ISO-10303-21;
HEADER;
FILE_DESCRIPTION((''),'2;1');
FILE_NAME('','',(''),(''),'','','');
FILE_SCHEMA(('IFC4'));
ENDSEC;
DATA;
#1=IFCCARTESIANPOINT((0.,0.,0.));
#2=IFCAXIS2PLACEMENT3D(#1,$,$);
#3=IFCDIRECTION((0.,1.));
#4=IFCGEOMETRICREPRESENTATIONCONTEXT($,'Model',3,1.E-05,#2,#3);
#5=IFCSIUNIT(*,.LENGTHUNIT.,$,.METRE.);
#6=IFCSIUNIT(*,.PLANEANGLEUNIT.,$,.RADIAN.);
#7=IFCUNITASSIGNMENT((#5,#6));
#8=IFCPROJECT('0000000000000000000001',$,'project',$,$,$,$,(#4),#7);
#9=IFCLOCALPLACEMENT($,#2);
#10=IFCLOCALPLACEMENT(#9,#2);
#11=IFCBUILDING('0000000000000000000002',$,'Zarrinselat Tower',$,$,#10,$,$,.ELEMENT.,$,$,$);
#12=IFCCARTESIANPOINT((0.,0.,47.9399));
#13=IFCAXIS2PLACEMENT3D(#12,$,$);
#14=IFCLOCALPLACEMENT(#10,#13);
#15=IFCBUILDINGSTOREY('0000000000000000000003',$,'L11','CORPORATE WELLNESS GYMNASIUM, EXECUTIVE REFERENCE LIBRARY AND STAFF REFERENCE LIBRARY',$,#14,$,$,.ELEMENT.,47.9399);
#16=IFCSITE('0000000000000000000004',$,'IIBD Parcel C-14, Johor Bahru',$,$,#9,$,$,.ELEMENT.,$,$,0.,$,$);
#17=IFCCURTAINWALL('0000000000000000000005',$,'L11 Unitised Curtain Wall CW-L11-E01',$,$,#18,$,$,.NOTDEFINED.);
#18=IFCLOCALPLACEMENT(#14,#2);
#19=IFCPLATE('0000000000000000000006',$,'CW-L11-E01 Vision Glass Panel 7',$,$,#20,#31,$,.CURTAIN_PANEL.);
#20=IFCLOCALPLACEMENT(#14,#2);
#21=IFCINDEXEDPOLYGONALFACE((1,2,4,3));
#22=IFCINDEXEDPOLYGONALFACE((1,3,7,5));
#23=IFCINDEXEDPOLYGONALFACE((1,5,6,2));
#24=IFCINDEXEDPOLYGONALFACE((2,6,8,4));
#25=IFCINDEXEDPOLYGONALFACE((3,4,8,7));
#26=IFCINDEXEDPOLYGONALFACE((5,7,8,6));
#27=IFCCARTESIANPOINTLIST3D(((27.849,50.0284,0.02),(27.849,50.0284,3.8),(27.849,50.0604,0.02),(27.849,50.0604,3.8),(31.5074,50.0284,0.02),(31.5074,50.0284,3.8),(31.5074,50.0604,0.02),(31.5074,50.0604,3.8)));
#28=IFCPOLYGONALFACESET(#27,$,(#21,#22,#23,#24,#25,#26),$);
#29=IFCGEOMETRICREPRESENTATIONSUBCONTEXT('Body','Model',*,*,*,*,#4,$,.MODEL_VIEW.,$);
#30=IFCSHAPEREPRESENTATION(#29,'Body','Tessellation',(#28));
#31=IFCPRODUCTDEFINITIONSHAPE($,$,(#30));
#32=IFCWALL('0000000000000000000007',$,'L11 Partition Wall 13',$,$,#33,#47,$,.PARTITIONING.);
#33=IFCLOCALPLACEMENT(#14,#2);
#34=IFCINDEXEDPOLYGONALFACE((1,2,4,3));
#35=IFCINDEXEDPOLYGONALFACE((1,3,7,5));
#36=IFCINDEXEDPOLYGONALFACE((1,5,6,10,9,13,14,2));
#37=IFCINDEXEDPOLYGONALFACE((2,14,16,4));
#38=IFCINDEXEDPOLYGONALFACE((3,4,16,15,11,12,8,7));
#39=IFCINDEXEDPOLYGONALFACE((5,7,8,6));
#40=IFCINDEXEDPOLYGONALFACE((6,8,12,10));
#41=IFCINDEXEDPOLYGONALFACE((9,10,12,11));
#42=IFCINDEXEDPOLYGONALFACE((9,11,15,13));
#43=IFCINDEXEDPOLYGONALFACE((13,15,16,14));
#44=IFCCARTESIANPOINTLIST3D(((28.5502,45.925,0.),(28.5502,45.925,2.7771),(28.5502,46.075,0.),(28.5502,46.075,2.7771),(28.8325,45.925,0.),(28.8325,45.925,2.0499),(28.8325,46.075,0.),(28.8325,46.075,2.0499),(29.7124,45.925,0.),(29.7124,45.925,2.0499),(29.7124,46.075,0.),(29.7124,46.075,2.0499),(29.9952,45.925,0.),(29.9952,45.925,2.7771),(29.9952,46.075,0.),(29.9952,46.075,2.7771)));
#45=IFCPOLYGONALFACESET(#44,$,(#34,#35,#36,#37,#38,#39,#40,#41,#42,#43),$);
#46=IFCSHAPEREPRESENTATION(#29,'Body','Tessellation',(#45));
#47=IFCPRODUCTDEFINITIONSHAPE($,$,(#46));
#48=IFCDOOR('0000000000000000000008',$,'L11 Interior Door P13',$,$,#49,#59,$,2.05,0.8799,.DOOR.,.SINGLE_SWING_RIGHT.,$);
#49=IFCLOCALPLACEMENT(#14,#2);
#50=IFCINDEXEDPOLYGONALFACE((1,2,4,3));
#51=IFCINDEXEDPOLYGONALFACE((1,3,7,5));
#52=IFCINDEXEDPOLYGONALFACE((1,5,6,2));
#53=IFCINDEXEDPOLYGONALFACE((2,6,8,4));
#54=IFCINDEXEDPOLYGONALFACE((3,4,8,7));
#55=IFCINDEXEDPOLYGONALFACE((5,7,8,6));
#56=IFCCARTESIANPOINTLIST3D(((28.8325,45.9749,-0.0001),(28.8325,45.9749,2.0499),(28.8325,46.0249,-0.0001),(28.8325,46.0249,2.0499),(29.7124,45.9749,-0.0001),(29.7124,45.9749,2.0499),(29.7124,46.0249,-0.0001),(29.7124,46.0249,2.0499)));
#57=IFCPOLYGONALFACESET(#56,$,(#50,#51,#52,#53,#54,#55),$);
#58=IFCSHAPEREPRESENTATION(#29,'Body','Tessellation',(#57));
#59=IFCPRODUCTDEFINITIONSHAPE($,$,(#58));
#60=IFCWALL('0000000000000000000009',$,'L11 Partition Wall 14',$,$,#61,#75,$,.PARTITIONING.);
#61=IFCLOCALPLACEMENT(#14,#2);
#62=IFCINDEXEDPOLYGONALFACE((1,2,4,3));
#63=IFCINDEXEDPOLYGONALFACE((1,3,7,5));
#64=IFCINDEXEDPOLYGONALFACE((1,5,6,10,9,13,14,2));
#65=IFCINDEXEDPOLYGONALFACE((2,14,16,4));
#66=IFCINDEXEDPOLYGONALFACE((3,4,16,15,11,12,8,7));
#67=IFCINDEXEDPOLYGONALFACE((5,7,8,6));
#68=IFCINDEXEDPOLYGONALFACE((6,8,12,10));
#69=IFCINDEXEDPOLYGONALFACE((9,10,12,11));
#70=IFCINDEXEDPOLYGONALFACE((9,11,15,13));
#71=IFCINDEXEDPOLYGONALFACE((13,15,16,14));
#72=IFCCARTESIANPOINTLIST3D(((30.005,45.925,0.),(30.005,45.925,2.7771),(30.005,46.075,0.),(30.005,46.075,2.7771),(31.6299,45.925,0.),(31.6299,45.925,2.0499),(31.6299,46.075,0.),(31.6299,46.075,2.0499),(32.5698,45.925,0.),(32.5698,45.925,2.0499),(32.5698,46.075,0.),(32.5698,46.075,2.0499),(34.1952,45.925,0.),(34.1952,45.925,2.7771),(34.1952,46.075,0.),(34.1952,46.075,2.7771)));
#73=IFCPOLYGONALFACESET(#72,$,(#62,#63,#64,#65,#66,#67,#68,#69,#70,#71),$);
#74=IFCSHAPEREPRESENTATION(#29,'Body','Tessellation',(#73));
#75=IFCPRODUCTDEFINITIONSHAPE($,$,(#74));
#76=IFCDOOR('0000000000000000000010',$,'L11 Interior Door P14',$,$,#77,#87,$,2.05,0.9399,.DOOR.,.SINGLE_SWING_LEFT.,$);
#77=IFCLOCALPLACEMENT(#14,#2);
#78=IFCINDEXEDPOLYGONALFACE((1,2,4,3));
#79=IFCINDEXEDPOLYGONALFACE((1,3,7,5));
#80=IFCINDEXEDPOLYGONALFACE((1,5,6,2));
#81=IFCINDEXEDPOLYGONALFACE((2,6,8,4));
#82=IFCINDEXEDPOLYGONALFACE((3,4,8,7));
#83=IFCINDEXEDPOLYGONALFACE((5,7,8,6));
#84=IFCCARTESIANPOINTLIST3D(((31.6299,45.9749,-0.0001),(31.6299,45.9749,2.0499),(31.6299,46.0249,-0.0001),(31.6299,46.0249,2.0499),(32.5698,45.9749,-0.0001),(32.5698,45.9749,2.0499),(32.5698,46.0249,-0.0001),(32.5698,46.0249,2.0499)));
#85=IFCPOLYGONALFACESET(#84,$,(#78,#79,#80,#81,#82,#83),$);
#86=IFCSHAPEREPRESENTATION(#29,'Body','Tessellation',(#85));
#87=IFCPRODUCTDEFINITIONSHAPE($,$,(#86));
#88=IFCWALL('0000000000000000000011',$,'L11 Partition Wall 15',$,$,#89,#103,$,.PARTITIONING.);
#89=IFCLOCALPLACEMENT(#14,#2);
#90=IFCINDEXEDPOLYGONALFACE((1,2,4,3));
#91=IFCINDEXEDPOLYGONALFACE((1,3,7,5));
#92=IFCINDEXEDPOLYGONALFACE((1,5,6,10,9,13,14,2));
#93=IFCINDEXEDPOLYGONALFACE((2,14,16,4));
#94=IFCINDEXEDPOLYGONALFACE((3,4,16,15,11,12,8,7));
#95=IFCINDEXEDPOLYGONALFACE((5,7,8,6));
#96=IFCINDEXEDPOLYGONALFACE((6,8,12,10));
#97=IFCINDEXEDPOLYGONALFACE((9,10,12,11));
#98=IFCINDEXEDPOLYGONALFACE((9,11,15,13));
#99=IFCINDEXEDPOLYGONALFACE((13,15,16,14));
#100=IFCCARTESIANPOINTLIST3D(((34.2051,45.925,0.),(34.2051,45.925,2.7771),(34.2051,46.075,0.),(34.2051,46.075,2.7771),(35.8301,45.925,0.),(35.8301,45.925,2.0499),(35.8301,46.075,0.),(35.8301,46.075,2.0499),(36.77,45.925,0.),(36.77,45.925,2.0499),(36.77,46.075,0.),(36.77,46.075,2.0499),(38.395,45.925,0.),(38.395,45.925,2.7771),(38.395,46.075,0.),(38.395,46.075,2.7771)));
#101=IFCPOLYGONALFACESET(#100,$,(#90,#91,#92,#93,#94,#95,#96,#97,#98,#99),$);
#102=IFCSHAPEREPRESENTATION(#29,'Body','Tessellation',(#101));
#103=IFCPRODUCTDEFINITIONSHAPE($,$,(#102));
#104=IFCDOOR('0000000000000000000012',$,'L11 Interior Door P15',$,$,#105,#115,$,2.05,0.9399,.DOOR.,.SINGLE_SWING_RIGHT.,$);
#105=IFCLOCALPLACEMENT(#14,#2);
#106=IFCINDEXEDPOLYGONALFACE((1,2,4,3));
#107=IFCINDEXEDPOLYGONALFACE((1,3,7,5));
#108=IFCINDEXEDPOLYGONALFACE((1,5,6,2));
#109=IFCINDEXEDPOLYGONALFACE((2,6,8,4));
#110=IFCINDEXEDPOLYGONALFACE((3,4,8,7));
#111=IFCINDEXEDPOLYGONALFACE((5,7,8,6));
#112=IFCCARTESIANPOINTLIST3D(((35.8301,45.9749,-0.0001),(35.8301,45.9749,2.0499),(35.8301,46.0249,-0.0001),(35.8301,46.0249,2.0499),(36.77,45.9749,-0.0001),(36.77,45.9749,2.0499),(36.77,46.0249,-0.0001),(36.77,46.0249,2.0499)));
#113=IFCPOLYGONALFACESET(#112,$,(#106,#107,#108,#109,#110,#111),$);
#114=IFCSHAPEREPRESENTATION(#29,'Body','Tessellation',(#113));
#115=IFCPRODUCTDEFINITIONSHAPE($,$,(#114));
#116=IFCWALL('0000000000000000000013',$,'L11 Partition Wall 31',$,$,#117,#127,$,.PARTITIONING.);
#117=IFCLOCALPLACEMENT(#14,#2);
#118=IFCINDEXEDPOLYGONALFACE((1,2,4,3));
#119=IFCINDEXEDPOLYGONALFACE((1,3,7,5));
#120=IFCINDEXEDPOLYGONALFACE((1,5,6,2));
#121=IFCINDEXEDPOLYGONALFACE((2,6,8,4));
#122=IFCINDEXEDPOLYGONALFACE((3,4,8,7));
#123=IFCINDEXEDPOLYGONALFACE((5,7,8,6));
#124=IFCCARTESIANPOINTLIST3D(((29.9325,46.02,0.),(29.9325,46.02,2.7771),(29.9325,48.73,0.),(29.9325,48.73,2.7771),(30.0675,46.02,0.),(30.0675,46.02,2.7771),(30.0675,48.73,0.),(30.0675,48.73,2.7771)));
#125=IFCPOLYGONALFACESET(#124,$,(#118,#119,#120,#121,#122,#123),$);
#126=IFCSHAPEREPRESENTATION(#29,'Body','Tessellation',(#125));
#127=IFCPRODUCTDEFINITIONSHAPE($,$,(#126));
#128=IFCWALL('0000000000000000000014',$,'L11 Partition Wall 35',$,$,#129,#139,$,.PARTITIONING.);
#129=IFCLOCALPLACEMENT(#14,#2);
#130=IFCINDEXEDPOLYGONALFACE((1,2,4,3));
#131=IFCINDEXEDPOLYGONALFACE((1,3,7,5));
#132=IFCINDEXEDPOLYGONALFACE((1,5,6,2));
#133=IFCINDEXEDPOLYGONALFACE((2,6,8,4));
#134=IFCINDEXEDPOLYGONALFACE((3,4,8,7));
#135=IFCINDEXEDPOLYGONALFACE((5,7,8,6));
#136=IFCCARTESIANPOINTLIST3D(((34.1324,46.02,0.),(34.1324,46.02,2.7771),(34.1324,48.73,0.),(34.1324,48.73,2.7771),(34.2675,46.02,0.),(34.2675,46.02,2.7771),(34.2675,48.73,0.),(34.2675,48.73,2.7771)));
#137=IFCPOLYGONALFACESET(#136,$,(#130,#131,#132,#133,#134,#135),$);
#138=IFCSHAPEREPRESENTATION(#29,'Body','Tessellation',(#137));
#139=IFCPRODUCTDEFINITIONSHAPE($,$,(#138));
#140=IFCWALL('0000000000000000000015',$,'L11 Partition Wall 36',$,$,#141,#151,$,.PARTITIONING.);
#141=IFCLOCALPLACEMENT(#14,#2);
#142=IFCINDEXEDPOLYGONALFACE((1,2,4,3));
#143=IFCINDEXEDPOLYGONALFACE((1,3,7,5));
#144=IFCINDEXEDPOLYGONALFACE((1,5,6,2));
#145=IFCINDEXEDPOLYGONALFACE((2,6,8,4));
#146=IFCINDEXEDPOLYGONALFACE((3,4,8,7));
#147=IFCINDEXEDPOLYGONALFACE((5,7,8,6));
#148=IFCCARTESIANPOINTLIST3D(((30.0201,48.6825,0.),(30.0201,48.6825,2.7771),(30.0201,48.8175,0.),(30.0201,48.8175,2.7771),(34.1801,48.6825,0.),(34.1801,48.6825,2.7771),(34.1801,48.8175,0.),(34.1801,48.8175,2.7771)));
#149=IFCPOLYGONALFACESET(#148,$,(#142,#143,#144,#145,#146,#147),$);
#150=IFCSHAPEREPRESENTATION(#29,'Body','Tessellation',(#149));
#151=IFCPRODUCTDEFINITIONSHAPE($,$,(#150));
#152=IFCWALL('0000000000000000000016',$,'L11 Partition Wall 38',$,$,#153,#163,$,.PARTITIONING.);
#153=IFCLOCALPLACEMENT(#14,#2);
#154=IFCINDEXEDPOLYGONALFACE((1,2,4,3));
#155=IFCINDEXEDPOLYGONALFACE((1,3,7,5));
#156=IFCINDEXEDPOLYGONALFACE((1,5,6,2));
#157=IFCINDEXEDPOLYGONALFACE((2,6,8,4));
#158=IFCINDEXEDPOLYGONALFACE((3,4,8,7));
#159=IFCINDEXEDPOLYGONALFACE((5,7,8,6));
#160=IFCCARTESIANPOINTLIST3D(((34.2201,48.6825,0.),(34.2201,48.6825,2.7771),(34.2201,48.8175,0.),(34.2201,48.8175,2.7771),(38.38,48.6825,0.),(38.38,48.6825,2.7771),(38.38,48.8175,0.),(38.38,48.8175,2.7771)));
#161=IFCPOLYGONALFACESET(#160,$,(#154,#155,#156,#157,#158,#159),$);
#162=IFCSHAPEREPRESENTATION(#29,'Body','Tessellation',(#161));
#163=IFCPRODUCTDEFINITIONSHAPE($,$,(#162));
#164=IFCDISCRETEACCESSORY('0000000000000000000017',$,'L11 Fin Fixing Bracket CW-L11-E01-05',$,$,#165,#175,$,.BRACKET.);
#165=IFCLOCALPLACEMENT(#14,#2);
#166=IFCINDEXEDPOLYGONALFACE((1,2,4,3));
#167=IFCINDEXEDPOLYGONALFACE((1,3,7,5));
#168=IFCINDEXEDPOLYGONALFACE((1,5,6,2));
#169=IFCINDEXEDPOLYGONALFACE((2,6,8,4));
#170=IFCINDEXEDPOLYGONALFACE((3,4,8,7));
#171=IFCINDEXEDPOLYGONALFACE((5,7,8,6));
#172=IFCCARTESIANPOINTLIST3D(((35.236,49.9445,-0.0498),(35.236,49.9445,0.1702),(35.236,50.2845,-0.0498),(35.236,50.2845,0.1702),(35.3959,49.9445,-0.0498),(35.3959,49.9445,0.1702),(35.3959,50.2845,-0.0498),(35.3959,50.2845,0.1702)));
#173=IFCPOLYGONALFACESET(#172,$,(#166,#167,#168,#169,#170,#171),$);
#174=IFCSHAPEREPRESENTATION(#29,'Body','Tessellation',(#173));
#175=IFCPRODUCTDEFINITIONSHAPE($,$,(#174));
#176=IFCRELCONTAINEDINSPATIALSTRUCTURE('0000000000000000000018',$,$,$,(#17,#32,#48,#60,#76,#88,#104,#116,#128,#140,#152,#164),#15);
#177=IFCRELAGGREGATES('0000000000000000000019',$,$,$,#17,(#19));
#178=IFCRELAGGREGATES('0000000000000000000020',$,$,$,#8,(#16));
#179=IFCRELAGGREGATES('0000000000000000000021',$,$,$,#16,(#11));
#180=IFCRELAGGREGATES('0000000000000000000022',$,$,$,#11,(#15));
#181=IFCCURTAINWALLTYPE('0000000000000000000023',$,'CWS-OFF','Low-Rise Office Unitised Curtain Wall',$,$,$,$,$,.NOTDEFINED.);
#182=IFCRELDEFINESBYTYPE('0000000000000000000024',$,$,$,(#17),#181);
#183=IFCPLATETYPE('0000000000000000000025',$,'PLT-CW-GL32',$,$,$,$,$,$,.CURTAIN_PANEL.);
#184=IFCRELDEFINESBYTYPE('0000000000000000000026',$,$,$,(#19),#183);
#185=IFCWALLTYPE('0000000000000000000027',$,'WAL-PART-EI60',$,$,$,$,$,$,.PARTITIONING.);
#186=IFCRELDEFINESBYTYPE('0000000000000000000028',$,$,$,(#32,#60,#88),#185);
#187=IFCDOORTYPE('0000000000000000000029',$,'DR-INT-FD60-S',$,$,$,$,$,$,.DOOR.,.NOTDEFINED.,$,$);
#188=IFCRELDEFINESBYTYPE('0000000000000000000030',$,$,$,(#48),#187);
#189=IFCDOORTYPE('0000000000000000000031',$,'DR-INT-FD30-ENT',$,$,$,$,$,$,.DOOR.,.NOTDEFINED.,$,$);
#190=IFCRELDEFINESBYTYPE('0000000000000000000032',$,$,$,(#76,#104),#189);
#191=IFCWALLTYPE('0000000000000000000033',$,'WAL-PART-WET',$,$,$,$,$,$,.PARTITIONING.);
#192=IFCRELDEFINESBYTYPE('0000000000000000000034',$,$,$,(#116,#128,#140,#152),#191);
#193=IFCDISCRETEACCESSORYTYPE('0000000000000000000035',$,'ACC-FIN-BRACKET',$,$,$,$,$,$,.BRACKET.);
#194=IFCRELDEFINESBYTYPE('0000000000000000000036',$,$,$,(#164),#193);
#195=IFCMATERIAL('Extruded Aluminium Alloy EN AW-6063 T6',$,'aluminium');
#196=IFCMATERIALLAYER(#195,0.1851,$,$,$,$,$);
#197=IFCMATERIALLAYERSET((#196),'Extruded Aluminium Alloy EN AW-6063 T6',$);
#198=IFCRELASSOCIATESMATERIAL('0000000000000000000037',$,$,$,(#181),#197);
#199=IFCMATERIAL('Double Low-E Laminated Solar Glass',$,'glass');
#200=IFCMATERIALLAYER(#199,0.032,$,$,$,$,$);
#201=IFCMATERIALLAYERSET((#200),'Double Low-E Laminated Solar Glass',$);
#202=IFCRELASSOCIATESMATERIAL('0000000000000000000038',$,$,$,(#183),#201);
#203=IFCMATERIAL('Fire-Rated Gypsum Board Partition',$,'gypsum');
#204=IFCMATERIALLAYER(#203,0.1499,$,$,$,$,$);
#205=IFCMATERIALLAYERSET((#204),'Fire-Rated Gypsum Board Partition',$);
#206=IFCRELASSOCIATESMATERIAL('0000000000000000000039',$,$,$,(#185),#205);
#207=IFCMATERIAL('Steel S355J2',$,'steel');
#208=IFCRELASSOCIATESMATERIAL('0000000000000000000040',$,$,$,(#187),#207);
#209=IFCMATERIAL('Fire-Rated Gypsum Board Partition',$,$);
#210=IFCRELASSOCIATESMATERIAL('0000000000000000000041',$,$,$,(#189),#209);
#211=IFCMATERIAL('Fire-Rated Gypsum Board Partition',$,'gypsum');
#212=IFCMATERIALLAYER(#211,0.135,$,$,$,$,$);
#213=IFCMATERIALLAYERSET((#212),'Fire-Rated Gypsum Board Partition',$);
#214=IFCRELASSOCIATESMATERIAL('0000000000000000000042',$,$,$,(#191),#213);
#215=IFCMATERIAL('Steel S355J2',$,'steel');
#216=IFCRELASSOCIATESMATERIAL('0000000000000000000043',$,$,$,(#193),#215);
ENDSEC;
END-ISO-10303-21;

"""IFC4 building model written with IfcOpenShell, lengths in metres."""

from ifc_helpers import new_model, si_unit, direction, frame, frame_2d, origin, origin_2d, place, context, subcontext, project, spatial, rectangle, extrude, material, layer, layer_set, type_object, element, fill, aggregate, save


model = new_model("IFC4")

# Units and contexts
model_context = context("Model", 3, precision=1e-05, world=origin(), true_north=direction((0.0, 1.0)))
body_context = subcontext(model_context, "Body", "Model", "MODEL_VIEW")
ifc_project = project(units=[si_unit("LENGTHUNIT", "METRE"), si_unit("PLANEANGLEUNIT", "RADIAN")], contexts=[model_context])

# Site, building, storey
site_placement = place(None, origin())
site = spatial("IfcSite", under=ifc_project, at=site_placement, Name="IIBD Parcel C-14, Johor Bahru", CompositionType="ELEMENT", RefElevation=0.0)
building_placement = place(site_placement, origin())
building = spatial("IfcBuilding", under=site, at=building_placement, Name="Zarrinselat Tower", CompositionType="ELEMENT")
storey_placement = place(building_placement, frame((0.0, 0.0, 47.9399)))
storey = spatial("IfcBuildingStorey", under=building, at=storey_placement, Name="L11", Description="CORPORATE WELLNESS GYMNASIUM, EXECUTIVE REFERENCE LIBRARY AND STAFF REFERENCE LIBRARY", CompositionType="ELEMENT", Elevation=47.9399)

# Curtain wall, plate
ifc_material_1 = material(Name="Extruded Aluminium Alloy EN AW-6063 T6", Category="aluminium")
ifc_layer_1 = layer(ifc_material_1, 0.1851)
ifc_layer_set_1 = layer_set([ifc_layer_1], Name="Extruded Aluminium Alloy EN AW-6063 T6")
curtain_wall_type = type_object("IfcCurtainWallType", Name="CWS-OFF", Description="Low-Rise Office Unitised Curtain Wall", PredefinedType="NOTDEFINED", material=ifc_layer_set_1)
curtain_wall_placement = place(storey_placement, origin())
curtain_wall = element("IfcCurtainWall", 1, at=curtain_wall_placement, inside=storey, type_object=curtain_wall_type, Name="L11 Unitised Curtain Wall CW-L11-E01", PredefinedType="NOTDEFINED")
ifc_material_2 = material(Name="Double Low-E Laminated Solar Glass", Category="glass")
ifc_layer_2 = layer(ifc_material_2, 0.032)
ifc_layer_set_2 = layer_set([ifc_layer_2], Name="Double Low-E Laminated Solar Glass")
plate_type = type_object("IfcPlateType", Name="PLT-CW-GL32", PredefinedType="CURTAIN_PANEL", material=ifc_layer_set_2)
plate_1_placement = place(storey_placement, frame((29.6782, 50.0444, 0.02), z_axis=(0.0, 0.0, 1.0), x_axis=(-1.0, 0.0, 0.0)))
plate_1 = element("IfcPlate", 2, at=plate_1_placement, type_object=plate_type, Name="CW-L11-E01 Vision Glass Panel 7", PredefinedType="CURTAIN_PANEL", context=body_context, shape_type="SweptSolid", body=[
    extrude(rectangle(XDim=3.6584, YDim=0.032, at=origin_2d()), origin(), (0.0, 0.0, 1.0), 3.78),
])
aggregate(curtain_wall, [plate_1])

# Walls, openings, doors
ifc_material_3 = material(Name="Fire-Rated Gypsum Board Partition", Category="gypsum")
ifc_layer_3 = layer(ifc_material_3, 0.1499)
ifc_layer_set_3 = layer_set([ifc_layer_3], Name="Fire-Rated Gypsum Board Partition")
wall_type_1 = type_object("IfcWallType", Name="WAL-PART-EI60", PredefinedType="PARTITIONING", material=ifc_layer_set_3)
wall_1_placement = place(storey_placement, frame((28.55, 46.0, 0.0), z_axis=(0.0, 0.0, 1.0), x_axis=(1.0, 0.0, 0.0)))
wall_1 = element("IfcWall", 3, at=wall_1_placement, inside=storey, type_object=wall_type_1, Name="L11 Partition Wall 13", PredefinedType="PARTITIONING", context=body_context, shape_type="SweptSolid", body=[
    extrude(rectangle(XDim=1.4451, YDim=0.1499, at=frame_2d((0.7227, 0.0))), origin(), (0.0, 0.0, 1.0), 2.7771),
])
opening_1_placement = place(wall_1_placement, frame((0.2825, 0.0, 0.0)))
opening_1 = element("IfcOpeningElement", 4, at=opening_1_placement, cuts=wall_1, PredefinedType="OPENING", context=body_context, shape_type="SweptSolid", body=[
    extrude(rectangle(XDim=0.8799, YDim=2.05, at=frame_2d((0.4399, 1.0249))), frame((0.0, 0.085, 0.0), z_axis=(0.0, -1.0, 0.0), x_axis=(1.0, 0.0, 0.0)), (0.0, 0.0, 1.0), 0.1699),
])
ifc_material_4 = material(Name="Steel S355J2", Category="steel")
door_type_1 = type_object("IfcDoorType", Name="DR-INT-FD60-S", OperationType="NOTDEFINED", PredefinedType="DOOR", material=ifc_material_4)
door_1_placement = place(opening_1_placement, origin())
door_1 = element("IfcDoor", 5, at=door_1_placement, inside=storey, type_object=door_type_1, Name="L11 Interior Door P13", OperationType="SINGLE_SWING_RIGHT", OverallHeight=2.05, OverallWidth=0.8799, PredefinedType="DOOR", context=body_context, shape_type="SweptSolid", body=[
    extrude(rectangle(XDim=0.8799, YDim=2.05, at=frame_2d((0.4399, 1.0249))), frame((0.0, 0.0249, 0.0), z_axis=(0.0, -1.0, 0.0), x_axis=(1.0, 0.0, 0.0)), (0.0, 0.0, 1.0), 0.05),
])
fill(opening_1, door_1)
wall_2_placement = place(storey_placement, frame((30.0049, 46.0, 0.0), z_axis=(0.0, 0.0, 1.0), x_axis=(1.0, 0.0, 0.0)))
wall_2 = element("IfcWall", 6, at=wall_2_placement, inside=storey, type_object=wall_type_1, Name="L11 Partition Wall 14", PredefinedType="PARTITIONING", context=body_context, shape_type="SweptSolid", body=[
    extrude(rectangle(XDim=4.1902, YDim=0.1499, at=frame_2d((2.0952, 0.0))), origin(), (0.0, 0.0, 1.0), 2.7771),
])
opening_2_placement = place(wall_2_placement, frame((1.625, 0.0, 0.0)))
opening_2 = element("IfcOpeningElement", 7, at=opening_2_placement, cuts=wall_2, PredefinedType="OPENING", context=body_context, shape_type="SweptSolid", body=[
    extrude(rectangle(XDim=0.9399, YDim=2.05, at=frame_2d((0.47, 1.0249))), frame((0.0, 0.085, 0.0), z_axis=(0.0, -1.0, 0.0), x_axis=(1.0, 0.0, 0.0)), (0.0, 0.0, 1.0), 0.1699),
])
ifc_material_5 = material(Name="Fire-Rated Gypsum Board Partition")
door_type_2 = type_object("IfcDoorType", Name="DR-INT-FD30-ENT", OperationType="NOTDEFINED", PredefinedType="DOOR", material=ifc_material_5)
door_2_placement = place(opening_2_placement, origin())
door_2 = element("IfcDoor", 8, at=door_2_placement, inside=storey, type_object=door_type_2, Name="L11 Interior Door P14", OperationType="SINGLE_SWING_LEFT", OverallHeight=2.05, OverallWidth=0.9399, PredefinedType="DOOR", context=body_context, shape_type="SweptSolid", body=[
    extrude(rectangle(XDim=0.9399, YDim=2.05, at=frame_2d((0.47, 1.0249))), frame((0.0, 0.0249, 0.0), z_axis=(0.0, -1.0, 0.0), x_axis=(1.0, 0.0, 0.0)), (0.0, 0.0, 1.0), 0.05),
])
fill(opening_2, door_2)
wall_3_placement = place(storey_placement, frame((34.2051, 46.0, 0.0), z_axis=(0.0, 0.0, 1.0), x_axis=(1.0, 0.0, 0.0)))
wall_3 = element("IfcWall", 9, at=wall_3_placement, inside=storey, type_object=wall_type_1, Name="L11 Partition Wall 15", PredefinedType="PARTITIONING", context=body_context, shape_type="SweptSolid", body=[
    extrude(rectangle(XDim=4.1899, YDim=0.1499, at=frame_2d((2.095, 0.0))), origin(), (0.0, 0.0, 1.0), 2.7771),
])
opening_3_placement = place(wall_3_placement, frame((1.625, 0.0, 0.0)))
opening_3 = element("IfcOpeningElement", 10, at=opening_3_placement, cuts=wall_3, PredefinedType="OPENING", context=body_context, shape_type="SweptSolid", body=[
    extrude(rectangle(XDim=0.9399, YDim=2.05, at=frame_2d((0.47, 1.0249))), frame((0.0, 0.085, 0.0), z_axis=(0.0, -1.0, 0.0), x_axis=(1.0, 0.0, 0.0)), (0.0, 0.0, 1.0), 0.1699),
])
door_3_placement = place(opening_3_placement, origin())
door_3 = element("IfcDoor", 11, at=door_3_placement, inside=storey, type_object=door_type_2, Name="L11 Interior Door P15", OperationType="SINGLE_SWING_RIGHT", OverallHeight=2.05, OverallWidth=0.9399, PredefinedType="DOOR", context=body_context, shape_type="SweptSolid", body=[
    extrude(rectangle(XDim=0.9399, YDim=2.05, at=frame_2d((0.47, 1.0249))), frame((0.0, 0.0249, 0.0), z_axis=(0.0, -1.0, 0.0), x_axis=(1.0, 0.0, 0.0)), (0.0, 0.0, 1.0), 0.05),
])
fill(opening_3, door_3)

# Walls
ifc_material_6 = material(Name="Fire-Rated Gypsum Board Partition", Category="gypsum")
ifc_layer_4 = layer(ifc_material_6, 0.135)
ifc_layer_set_4 = layer_set([ifc_layer_4], Name="Fire-Rated Gypsum Board Partition")
wall_type_2 = type_object("IfcWallType", Name="WAL-PART-WET", PredefinedType="PARTITIONING", material=ifc_layer_set_4)
for number, where, z_axis, x_axis, name in (
    (12, (30.0, 46.02, 0.0), (0.0, 0.0, 1.0), (0.0, 1.0, 0.0), "L11 Partition Wall 31"),
    (13, (34.2, 46.02, 0.0), (0.0, 0.0, 1.0), (0.0, 1.0, 0.0), "L11 Partition Wall 35"),
):
    element("IfcWall", number, at=place(storey_placement, frame(where, z_axis=z_axis, x_axis=x_axis)), inside=storey, type_object=wall_type_2, Name=name, PredefinedType="PARTITIONING", context=body_context, shape_type="SweptSolid", body=[
        extrude(rectangle(XDim=2.71, YDim=0.135, at=frame_2d((1.355, 0.0))), origin(), (0.0, 0.0, 1.0), 2.7771),
    ])
for number, where, z_axis, x_axis, name in (
    (14, (30.02, 48.75, 0.0), (0.0, 0.0, 1.0), (1.0, 0.0, 0.0), "L11 Partition Wall 36"),
    (15, (34.22, 48.75, 0.0), (0.0, 0.0, 1.0), (1.0, 0.0, 0.0), "L11 Partition Wall 38"),
):
    element("IfcWall", number, at=place(storey_placement, frame(where, z_axis=z_axis, x_axis=x_axis)), inside=storey, type_object=wall_type_2, Name=name, PredefinedType="PARTITIONING", context=body_context, shape_type="SweptSolid", body=[
        extrude(rectangle(XDim=4.1599, YDim=0.135, at=frame_2d((2.0801, 0.0))), origin(), (0.0, 0.0, 1.0), 2.7771),
    ])

# Discrete accessory
ifc_material_7 = material(Name="Steel S355J2", Category="steel")
discrete_accessory_type = type_object("IfcDiscreteAccessoryType", Name="ACC-FIN-BRACKET", PredefinedType="BRACKET", material=ifc_material_7)
discrete_accessory_placement = place(storey_placement, frame((35.3159, 50.1145, -0.0498), z_axis=(0.0, 0.0, 1.0), x_axis=(0.0, 1.0, 0.0)))
element("IfcDiscreteAccessory", 16, at=discrete_accessory_placement, inside=storey, type_object=discrete_accessory_type, Name="L11 Fin Fixing Bracket CW-L11-E01-05", PredefinedType="BRACKET", context=body_context, shape_type="SweptSolid", body=[
    extrude(rectangle(XDim=0.3401, YDim=0.1599, at=origin_2d()), origin(), (0.0, 0.0, 1.0), 0.22),
])

save(model, "model.ifc")
